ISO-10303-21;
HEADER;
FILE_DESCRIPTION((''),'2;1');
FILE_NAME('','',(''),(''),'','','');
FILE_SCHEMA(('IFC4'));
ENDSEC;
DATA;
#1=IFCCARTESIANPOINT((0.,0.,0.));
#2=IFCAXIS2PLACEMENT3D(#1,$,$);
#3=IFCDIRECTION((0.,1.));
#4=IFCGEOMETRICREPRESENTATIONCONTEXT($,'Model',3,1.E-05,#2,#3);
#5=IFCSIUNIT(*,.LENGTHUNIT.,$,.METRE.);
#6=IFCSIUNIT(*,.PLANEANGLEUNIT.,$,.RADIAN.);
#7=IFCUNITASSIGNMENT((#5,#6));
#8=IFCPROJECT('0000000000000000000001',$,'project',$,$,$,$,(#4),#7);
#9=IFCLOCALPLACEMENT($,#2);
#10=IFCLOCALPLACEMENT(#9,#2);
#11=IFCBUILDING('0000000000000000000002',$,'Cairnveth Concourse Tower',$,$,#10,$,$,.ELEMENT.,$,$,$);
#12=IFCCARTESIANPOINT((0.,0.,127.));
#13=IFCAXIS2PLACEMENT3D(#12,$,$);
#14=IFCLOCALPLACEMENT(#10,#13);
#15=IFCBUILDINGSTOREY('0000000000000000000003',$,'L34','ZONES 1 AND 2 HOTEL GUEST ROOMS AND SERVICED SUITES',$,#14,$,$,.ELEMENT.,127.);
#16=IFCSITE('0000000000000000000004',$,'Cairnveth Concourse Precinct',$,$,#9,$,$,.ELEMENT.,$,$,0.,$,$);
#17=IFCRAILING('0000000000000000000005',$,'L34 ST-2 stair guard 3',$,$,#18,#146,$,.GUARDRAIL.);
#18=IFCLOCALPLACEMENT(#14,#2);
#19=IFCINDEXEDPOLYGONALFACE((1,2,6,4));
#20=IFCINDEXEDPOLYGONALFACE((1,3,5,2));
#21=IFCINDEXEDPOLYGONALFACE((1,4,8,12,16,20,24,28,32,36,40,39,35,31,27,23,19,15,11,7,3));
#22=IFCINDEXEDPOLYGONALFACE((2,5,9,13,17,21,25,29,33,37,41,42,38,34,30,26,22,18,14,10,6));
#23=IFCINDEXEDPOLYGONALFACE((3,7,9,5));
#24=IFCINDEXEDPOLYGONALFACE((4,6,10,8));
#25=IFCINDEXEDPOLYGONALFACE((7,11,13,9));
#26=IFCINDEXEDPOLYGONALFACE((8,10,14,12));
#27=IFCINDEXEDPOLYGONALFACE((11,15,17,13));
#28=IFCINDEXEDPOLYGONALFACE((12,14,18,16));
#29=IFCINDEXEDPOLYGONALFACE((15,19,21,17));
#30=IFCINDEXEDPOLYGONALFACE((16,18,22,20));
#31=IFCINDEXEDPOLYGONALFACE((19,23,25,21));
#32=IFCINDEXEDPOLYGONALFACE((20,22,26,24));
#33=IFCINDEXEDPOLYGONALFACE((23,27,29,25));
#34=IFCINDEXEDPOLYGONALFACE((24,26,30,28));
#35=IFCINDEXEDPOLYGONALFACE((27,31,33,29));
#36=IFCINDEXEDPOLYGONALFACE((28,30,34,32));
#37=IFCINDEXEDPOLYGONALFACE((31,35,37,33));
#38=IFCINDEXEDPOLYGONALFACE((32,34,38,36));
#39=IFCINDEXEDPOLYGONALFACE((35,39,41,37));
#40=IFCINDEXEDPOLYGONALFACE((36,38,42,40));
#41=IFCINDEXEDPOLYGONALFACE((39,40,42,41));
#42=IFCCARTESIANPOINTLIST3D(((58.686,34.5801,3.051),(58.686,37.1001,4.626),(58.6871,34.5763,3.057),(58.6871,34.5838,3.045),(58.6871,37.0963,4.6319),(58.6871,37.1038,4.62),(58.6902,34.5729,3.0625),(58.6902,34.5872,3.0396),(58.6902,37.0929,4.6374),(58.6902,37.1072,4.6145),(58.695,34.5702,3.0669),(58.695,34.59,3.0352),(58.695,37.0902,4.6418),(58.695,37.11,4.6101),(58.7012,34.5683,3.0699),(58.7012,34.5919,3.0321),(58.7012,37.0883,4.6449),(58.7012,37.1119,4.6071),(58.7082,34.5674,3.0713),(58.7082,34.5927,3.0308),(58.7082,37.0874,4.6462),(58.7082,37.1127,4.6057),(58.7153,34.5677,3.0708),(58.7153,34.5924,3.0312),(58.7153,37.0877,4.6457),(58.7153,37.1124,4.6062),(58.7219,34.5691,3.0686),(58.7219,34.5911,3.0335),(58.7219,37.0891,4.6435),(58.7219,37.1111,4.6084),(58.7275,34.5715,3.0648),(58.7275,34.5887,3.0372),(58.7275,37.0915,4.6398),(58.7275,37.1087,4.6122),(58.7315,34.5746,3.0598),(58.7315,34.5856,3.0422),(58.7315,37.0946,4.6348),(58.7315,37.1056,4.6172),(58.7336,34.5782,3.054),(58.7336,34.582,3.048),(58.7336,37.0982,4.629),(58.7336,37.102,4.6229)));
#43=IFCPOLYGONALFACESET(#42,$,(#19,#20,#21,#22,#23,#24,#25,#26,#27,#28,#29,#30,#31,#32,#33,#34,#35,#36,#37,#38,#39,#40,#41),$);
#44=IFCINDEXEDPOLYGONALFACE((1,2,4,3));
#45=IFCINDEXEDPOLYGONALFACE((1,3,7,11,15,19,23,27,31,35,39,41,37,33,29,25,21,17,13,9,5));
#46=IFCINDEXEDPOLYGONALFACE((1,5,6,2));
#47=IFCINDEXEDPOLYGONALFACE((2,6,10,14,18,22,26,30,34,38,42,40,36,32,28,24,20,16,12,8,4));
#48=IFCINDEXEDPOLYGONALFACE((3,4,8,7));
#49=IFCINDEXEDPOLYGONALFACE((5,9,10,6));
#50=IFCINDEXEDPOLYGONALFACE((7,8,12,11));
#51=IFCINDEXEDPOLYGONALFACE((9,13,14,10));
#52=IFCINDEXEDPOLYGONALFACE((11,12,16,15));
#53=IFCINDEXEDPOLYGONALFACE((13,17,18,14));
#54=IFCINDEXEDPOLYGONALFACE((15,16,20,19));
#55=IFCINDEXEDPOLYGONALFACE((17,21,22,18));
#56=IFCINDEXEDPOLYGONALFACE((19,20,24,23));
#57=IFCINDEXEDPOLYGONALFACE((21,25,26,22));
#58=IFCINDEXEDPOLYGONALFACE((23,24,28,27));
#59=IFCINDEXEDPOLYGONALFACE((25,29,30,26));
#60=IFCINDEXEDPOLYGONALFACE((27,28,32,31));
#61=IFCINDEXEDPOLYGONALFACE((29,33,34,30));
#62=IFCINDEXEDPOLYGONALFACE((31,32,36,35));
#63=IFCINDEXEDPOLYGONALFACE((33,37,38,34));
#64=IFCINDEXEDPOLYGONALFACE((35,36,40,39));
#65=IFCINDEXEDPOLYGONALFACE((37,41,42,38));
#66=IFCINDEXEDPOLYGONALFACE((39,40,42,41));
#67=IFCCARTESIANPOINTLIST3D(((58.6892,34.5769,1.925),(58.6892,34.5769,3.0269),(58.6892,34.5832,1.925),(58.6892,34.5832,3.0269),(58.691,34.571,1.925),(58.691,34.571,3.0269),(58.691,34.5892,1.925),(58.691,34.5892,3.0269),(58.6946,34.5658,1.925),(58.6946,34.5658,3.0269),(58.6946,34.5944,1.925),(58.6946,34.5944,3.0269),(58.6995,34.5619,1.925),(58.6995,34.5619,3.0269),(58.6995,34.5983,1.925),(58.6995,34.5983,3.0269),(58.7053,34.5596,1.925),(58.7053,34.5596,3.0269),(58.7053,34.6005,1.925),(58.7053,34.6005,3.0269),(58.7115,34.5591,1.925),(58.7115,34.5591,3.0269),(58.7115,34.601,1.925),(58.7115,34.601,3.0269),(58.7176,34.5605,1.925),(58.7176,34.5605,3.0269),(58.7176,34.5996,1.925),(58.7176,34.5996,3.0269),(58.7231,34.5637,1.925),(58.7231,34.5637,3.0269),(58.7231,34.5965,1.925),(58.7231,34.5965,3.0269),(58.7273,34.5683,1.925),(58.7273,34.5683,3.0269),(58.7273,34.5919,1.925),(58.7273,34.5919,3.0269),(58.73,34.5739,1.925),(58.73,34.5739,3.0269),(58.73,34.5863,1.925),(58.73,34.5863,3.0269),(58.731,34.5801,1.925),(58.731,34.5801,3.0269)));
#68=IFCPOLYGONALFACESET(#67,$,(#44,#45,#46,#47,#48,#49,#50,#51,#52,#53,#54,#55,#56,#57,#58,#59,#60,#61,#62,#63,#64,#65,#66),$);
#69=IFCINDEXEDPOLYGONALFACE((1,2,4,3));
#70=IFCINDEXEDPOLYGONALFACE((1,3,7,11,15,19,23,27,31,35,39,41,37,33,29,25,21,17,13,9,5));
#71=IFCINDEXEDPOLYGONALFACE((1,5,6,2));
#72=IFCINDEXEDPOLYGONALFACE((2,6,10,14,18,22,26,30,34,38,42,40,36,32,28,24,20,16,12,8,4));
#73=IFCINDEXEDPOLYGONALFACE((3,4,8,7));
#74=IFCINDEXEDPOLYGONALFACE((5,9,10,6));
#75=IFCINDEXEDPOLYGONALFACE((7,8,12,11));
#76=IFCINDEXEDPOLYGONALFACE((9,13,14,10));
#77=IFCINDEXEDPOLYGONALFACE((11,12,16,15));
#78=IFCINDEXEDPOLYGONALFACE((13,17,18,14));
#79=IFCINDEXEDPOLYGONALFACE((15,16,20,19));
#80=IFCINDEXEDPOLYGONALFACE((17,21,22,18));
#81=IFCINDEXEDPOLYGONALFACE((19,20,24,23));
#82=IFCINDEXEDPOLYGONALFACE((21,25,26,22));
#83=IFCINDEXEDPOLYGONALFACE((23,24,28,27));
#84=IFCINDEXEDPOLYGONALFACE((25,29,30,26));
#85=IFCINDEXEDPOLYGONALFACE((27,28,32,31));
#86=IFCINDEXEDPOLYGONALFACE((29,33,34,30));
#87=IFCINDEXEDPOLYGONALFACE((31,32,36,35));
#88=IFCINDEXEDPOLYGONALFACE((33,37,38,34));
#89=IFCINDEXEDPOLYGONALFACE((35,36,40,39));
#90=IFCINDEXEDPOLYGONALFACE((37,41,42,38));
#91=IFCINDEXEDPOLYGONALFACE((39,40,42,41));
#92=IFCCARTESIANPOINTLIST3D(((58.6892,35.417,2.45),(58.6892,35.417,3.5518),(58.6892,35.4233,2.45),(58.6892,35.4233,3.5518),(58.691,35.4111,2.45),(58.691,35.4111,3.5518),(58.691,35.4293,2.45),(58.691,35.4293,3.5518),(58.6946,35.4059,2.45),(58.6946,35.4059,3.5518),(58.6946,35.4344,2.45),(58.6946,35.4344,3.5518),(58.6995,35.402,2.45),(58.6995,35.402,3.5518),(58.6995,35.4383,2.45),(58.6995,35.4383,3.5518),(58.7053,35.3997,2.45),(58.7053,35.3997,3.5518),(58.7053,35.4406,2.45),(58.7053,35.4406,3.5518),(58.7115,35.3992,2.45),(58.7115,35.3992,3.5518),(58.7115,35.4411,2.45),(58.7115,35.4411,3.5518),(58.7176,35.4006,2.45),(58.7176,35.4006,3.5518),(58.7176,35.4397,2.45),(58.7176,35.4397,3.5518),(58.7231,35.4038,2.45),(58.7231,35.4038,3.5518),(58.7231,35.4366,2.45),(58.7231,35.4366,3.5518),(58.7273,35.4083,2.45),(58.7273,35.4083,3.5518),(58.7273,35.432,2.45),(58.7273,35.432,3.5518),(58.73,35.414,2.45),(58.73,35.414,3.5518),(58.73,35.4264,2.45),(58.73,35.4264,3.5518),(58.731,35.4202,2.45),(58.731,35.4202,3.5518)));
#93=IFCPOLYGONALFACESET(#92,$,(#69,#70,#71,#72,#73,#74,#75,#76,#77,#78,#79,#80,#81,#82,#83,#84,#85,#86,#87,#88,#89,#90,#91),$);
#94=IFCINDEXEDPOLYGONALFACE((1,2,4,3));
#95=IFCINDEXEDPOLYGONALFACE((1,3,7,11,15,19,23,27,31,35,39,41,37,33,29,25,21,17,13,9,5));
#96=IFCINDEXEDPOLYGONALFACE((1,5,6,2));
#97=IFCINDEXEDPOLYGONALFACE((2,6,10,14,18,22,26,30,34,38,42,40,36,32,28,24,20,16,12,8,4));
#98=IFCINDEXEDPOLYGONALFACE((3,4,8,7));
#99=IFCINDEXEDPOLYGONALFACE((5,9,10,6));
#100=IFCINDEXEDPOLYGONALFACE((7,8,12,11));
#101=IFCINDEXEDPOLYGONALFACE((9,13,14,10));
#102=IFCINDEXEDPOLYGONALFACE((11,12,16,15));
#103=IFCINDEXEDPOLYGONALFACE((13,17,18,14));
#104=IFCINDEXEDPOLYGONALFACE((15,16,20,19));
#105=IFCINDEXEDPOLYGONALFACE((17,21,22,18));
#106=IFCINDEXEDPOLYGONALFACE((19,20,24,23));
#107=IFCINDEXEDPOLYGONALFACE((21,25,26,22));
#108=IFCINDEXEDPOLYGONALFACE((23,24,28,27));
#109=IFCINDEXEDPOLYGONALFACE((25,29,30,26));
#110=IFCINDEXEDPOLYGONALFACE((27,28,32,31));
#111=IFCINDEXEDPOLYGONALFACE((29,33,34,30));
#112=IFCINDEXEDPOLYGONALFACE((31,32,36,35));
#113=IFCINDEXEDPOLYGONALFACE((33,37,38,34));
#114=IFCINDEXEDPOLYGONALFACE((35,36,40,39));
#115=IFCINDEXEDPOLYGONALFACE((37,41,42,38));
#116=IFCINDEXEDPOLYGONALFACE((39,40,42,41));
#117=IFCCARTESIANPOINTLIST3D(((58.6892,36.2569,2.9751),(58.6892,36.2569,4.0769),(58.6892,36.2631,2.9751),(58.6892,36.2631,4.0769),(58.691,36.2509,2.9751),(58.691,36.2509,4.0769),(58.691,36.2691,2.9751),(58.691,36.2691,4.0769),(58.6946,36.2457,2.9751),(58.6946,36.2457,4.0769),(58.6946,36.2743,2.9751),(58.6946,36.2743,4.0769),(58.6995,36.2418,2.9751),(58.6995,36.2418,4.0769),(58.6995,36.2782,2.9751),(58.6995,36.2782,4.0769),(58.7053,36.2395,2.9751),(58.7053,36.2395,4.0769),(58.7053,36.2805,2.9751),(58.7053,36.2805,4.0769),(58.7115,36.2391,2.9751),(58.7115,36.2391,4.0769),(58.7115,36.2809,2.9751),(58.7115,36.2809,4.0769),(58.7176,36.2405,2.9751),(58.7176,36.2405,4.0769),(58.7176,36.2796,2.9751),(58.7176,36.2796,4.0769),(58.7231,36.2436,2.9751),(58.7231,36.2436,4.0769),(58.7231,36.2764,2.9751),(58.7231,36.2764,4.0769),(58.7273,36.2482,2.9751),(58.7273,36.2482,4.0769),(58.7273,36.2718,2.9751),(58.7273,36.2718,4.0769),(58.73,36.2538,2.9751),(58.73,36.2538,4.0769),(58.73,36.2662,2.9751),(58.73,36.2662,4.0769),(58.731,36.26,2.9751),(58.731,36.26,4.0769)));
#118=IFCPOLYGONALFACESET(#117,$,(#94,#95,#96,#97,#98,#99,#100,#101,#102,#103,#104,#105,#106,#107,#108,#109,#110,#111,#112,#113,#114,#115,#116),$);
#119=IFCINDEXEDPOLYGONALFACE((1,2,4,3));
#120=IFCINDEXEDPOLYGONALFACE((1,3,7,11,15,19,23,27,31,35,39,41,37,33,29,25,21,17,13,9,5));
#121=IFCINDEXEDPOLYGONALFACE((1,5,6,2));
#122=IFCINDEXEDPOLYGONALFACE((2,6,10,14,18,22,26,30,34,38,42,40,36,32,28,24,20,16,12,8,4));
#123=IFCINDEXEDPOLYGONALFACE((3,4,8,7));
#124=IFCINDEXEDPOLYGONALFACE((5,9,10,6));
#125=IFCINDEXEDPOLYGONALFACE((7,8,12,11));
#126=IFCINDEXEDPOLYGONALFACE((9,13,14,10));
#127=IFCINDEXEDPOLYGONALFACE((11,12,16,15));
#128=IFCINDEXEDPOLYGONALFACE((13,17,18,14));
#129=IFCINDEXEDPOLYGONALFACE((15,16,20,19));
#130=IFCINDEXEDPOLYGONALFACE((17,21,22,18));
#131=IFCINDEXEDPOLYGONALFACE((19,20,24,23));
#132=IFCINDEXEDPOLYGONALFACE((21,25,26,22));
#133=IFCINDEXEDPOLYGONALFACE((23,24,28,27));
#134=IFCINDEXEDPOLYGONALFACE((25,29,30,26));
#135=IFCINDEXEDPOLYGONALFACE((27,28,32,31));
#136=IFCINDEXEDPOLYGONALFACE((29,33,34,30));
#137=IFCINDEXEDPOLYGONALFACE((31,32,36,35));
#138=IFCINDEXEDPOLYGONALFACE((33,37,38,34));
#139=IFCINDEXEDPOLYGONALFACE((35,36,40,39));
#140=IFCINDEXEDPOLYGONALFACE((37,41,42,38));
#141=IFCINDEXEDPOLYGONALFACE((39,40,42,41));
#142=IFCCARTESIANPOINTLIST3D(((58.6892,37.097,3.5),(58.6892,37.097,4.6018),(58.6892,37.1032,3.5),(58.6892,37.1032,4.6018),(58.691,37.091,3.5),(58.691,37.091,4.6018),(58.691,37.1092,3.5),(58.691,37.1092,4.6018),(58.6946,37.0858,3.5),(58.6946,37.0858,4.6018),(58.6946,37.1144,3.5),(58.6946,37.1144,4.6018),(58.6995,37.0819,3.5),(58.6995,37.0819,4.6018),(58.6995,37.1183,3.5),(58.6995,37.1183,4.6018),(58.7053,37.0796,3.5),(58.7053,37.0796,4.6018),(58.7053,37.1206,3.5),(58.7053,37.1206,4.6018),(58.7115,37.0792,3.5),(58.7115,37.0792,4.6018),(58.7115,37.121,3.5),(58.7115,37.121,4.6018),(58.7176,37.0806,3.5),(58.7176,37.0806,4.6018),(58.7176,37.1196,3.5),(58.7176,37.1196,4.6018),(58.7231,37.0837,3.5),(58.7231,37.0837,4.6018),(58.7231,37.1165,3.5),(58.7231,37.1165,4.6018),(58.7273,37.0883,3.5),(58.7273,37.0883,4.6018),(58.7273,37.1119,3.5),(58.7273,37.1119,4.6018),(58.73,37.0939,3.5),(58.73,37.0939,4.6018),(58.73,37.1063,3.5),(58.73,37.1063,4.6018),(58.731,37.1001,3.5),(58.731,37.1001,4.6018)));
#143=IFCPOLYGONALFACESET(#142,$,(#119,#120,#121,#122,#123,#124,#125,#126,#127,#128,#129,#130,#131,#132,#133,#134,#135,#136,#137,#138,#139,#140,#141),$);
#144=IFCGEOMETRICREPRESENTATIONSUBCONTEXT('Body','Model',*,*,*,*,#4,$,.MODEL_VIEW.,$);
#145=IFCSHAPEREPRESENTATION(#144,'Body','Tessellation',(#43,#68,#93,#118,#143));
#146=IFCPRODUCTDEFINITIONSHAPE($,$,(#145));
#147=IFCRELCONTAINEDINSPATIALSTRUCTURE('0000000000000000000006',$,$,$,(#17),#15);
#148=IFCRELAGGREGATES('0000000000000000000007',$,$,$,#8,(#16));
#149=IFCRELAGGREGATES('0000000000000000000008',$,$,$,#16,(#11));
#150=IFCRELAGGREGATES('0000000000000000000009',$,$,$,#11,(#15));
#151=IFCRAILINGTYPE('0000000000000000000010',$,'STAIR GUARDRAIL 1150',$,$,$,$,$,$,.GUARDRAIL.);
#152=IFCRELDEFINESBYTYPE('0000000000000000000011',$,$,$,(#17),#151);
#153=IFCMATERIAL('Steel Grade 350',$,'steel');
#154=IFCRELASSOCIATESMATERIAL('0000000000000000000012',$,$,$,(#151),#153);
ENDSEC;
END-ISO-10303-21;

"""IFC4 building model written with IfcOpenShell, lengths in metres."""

from ifc_helpers import new_model, si_unit, direction, frame, origin, origin_2d, place, context, subcontext, project, spatial, circle, extrude, material, type_object, element, save


model = new_model("IFC4")

# Units and contexts
model_context = context("Model", 3, precision=1e-05, world=origin(), true_north=direction((0.0, 1.0)))
body_context = subcontext(model_context, "Body", "Model", "MODEL_VIEW")
ifc_project = project(units=[si_unit("LENGTHUNIT", "METRE"), si_unit("PLANEANGLEUNIT", "RADIAN")], contexts=[model_context])

# Site, building, storey
site_placement = place(None, origin())
site = spatial("IfcSite", under=ifc_project, at=site_placement, Name="Cairnveth Concourse Precinct", CompositionType="ELEMENT", RefElevation=0.0)
building_placement = place(site_placement, origin())
building = spatial("IfcBuilding", under=site, at=building_placement, Name="Cairnveth Concourse Tower", CompositionType="ELEMENT")
storey_placement = place(building_placement, frame((0.0, 0.0, 127.0)))
storey = spatial("IfcBuildingStorey", under=building, at=storey_placement, Name="L34", Description="ZONES 1 AND 2 HOTEL GUEST ROOMS AND SERVICED SUITES", CompositionType="ELEMENT", Elevation=127.0)

# Shared definitions
ifc_material_1 = material(Name="Steel Grade 350", Category="steel")

# Railing
railing_type_1 = type_object("IfcRailingType", Name="STAIR GUARDRAIL 1150", PredefinedType="GUARDRAIL", material=ifc_material_1)
railing_1_placement = place(storey_placement, frame((58.71, 34.5801, 1.925)))
element("IfcRailing", 1, at=railing_1_placement, inside=storey, type_object=railing_type_1, Name="L34 ST-2 stair guard 3", PredefinedType="GUARDRAIL", context=body_context, shape_type="SweptSolid", body=[
    extrude(circle(Radius=0.0239, at=origin_2d()), frame((0.0, 0.0, 1.126), z_axis=(0.0, 0.848008, 0.529984), x_axis=(-1.0, 0.0, 0.0)), (0.0, 0.0, 1.0), 2.9717),
    extrude(circle(Radius=0.021, at=origin_2d()), origin(), (0.0, 0.0, 1.0), 1.1018),
    extrude(circle(Radius=0.021, at=origin_2d()), frame((0.0, 0.8401, 0.5249)), (0.0, 0.0, 1.0), 1.1018),
    extrude(circle(Radius=0.021, at=origin_2d()), frame((0.0, 1.6799, 1.05)), (0.0, 0.0, 1.0), 1.1018),
    extrude(circle(Radius=0.021, at=origin_2d()), frame((0.0, 2.52, 1.575)), (0.0, 0.0, 1.0), 1.1018),
])

save(model, "model.ifc")
